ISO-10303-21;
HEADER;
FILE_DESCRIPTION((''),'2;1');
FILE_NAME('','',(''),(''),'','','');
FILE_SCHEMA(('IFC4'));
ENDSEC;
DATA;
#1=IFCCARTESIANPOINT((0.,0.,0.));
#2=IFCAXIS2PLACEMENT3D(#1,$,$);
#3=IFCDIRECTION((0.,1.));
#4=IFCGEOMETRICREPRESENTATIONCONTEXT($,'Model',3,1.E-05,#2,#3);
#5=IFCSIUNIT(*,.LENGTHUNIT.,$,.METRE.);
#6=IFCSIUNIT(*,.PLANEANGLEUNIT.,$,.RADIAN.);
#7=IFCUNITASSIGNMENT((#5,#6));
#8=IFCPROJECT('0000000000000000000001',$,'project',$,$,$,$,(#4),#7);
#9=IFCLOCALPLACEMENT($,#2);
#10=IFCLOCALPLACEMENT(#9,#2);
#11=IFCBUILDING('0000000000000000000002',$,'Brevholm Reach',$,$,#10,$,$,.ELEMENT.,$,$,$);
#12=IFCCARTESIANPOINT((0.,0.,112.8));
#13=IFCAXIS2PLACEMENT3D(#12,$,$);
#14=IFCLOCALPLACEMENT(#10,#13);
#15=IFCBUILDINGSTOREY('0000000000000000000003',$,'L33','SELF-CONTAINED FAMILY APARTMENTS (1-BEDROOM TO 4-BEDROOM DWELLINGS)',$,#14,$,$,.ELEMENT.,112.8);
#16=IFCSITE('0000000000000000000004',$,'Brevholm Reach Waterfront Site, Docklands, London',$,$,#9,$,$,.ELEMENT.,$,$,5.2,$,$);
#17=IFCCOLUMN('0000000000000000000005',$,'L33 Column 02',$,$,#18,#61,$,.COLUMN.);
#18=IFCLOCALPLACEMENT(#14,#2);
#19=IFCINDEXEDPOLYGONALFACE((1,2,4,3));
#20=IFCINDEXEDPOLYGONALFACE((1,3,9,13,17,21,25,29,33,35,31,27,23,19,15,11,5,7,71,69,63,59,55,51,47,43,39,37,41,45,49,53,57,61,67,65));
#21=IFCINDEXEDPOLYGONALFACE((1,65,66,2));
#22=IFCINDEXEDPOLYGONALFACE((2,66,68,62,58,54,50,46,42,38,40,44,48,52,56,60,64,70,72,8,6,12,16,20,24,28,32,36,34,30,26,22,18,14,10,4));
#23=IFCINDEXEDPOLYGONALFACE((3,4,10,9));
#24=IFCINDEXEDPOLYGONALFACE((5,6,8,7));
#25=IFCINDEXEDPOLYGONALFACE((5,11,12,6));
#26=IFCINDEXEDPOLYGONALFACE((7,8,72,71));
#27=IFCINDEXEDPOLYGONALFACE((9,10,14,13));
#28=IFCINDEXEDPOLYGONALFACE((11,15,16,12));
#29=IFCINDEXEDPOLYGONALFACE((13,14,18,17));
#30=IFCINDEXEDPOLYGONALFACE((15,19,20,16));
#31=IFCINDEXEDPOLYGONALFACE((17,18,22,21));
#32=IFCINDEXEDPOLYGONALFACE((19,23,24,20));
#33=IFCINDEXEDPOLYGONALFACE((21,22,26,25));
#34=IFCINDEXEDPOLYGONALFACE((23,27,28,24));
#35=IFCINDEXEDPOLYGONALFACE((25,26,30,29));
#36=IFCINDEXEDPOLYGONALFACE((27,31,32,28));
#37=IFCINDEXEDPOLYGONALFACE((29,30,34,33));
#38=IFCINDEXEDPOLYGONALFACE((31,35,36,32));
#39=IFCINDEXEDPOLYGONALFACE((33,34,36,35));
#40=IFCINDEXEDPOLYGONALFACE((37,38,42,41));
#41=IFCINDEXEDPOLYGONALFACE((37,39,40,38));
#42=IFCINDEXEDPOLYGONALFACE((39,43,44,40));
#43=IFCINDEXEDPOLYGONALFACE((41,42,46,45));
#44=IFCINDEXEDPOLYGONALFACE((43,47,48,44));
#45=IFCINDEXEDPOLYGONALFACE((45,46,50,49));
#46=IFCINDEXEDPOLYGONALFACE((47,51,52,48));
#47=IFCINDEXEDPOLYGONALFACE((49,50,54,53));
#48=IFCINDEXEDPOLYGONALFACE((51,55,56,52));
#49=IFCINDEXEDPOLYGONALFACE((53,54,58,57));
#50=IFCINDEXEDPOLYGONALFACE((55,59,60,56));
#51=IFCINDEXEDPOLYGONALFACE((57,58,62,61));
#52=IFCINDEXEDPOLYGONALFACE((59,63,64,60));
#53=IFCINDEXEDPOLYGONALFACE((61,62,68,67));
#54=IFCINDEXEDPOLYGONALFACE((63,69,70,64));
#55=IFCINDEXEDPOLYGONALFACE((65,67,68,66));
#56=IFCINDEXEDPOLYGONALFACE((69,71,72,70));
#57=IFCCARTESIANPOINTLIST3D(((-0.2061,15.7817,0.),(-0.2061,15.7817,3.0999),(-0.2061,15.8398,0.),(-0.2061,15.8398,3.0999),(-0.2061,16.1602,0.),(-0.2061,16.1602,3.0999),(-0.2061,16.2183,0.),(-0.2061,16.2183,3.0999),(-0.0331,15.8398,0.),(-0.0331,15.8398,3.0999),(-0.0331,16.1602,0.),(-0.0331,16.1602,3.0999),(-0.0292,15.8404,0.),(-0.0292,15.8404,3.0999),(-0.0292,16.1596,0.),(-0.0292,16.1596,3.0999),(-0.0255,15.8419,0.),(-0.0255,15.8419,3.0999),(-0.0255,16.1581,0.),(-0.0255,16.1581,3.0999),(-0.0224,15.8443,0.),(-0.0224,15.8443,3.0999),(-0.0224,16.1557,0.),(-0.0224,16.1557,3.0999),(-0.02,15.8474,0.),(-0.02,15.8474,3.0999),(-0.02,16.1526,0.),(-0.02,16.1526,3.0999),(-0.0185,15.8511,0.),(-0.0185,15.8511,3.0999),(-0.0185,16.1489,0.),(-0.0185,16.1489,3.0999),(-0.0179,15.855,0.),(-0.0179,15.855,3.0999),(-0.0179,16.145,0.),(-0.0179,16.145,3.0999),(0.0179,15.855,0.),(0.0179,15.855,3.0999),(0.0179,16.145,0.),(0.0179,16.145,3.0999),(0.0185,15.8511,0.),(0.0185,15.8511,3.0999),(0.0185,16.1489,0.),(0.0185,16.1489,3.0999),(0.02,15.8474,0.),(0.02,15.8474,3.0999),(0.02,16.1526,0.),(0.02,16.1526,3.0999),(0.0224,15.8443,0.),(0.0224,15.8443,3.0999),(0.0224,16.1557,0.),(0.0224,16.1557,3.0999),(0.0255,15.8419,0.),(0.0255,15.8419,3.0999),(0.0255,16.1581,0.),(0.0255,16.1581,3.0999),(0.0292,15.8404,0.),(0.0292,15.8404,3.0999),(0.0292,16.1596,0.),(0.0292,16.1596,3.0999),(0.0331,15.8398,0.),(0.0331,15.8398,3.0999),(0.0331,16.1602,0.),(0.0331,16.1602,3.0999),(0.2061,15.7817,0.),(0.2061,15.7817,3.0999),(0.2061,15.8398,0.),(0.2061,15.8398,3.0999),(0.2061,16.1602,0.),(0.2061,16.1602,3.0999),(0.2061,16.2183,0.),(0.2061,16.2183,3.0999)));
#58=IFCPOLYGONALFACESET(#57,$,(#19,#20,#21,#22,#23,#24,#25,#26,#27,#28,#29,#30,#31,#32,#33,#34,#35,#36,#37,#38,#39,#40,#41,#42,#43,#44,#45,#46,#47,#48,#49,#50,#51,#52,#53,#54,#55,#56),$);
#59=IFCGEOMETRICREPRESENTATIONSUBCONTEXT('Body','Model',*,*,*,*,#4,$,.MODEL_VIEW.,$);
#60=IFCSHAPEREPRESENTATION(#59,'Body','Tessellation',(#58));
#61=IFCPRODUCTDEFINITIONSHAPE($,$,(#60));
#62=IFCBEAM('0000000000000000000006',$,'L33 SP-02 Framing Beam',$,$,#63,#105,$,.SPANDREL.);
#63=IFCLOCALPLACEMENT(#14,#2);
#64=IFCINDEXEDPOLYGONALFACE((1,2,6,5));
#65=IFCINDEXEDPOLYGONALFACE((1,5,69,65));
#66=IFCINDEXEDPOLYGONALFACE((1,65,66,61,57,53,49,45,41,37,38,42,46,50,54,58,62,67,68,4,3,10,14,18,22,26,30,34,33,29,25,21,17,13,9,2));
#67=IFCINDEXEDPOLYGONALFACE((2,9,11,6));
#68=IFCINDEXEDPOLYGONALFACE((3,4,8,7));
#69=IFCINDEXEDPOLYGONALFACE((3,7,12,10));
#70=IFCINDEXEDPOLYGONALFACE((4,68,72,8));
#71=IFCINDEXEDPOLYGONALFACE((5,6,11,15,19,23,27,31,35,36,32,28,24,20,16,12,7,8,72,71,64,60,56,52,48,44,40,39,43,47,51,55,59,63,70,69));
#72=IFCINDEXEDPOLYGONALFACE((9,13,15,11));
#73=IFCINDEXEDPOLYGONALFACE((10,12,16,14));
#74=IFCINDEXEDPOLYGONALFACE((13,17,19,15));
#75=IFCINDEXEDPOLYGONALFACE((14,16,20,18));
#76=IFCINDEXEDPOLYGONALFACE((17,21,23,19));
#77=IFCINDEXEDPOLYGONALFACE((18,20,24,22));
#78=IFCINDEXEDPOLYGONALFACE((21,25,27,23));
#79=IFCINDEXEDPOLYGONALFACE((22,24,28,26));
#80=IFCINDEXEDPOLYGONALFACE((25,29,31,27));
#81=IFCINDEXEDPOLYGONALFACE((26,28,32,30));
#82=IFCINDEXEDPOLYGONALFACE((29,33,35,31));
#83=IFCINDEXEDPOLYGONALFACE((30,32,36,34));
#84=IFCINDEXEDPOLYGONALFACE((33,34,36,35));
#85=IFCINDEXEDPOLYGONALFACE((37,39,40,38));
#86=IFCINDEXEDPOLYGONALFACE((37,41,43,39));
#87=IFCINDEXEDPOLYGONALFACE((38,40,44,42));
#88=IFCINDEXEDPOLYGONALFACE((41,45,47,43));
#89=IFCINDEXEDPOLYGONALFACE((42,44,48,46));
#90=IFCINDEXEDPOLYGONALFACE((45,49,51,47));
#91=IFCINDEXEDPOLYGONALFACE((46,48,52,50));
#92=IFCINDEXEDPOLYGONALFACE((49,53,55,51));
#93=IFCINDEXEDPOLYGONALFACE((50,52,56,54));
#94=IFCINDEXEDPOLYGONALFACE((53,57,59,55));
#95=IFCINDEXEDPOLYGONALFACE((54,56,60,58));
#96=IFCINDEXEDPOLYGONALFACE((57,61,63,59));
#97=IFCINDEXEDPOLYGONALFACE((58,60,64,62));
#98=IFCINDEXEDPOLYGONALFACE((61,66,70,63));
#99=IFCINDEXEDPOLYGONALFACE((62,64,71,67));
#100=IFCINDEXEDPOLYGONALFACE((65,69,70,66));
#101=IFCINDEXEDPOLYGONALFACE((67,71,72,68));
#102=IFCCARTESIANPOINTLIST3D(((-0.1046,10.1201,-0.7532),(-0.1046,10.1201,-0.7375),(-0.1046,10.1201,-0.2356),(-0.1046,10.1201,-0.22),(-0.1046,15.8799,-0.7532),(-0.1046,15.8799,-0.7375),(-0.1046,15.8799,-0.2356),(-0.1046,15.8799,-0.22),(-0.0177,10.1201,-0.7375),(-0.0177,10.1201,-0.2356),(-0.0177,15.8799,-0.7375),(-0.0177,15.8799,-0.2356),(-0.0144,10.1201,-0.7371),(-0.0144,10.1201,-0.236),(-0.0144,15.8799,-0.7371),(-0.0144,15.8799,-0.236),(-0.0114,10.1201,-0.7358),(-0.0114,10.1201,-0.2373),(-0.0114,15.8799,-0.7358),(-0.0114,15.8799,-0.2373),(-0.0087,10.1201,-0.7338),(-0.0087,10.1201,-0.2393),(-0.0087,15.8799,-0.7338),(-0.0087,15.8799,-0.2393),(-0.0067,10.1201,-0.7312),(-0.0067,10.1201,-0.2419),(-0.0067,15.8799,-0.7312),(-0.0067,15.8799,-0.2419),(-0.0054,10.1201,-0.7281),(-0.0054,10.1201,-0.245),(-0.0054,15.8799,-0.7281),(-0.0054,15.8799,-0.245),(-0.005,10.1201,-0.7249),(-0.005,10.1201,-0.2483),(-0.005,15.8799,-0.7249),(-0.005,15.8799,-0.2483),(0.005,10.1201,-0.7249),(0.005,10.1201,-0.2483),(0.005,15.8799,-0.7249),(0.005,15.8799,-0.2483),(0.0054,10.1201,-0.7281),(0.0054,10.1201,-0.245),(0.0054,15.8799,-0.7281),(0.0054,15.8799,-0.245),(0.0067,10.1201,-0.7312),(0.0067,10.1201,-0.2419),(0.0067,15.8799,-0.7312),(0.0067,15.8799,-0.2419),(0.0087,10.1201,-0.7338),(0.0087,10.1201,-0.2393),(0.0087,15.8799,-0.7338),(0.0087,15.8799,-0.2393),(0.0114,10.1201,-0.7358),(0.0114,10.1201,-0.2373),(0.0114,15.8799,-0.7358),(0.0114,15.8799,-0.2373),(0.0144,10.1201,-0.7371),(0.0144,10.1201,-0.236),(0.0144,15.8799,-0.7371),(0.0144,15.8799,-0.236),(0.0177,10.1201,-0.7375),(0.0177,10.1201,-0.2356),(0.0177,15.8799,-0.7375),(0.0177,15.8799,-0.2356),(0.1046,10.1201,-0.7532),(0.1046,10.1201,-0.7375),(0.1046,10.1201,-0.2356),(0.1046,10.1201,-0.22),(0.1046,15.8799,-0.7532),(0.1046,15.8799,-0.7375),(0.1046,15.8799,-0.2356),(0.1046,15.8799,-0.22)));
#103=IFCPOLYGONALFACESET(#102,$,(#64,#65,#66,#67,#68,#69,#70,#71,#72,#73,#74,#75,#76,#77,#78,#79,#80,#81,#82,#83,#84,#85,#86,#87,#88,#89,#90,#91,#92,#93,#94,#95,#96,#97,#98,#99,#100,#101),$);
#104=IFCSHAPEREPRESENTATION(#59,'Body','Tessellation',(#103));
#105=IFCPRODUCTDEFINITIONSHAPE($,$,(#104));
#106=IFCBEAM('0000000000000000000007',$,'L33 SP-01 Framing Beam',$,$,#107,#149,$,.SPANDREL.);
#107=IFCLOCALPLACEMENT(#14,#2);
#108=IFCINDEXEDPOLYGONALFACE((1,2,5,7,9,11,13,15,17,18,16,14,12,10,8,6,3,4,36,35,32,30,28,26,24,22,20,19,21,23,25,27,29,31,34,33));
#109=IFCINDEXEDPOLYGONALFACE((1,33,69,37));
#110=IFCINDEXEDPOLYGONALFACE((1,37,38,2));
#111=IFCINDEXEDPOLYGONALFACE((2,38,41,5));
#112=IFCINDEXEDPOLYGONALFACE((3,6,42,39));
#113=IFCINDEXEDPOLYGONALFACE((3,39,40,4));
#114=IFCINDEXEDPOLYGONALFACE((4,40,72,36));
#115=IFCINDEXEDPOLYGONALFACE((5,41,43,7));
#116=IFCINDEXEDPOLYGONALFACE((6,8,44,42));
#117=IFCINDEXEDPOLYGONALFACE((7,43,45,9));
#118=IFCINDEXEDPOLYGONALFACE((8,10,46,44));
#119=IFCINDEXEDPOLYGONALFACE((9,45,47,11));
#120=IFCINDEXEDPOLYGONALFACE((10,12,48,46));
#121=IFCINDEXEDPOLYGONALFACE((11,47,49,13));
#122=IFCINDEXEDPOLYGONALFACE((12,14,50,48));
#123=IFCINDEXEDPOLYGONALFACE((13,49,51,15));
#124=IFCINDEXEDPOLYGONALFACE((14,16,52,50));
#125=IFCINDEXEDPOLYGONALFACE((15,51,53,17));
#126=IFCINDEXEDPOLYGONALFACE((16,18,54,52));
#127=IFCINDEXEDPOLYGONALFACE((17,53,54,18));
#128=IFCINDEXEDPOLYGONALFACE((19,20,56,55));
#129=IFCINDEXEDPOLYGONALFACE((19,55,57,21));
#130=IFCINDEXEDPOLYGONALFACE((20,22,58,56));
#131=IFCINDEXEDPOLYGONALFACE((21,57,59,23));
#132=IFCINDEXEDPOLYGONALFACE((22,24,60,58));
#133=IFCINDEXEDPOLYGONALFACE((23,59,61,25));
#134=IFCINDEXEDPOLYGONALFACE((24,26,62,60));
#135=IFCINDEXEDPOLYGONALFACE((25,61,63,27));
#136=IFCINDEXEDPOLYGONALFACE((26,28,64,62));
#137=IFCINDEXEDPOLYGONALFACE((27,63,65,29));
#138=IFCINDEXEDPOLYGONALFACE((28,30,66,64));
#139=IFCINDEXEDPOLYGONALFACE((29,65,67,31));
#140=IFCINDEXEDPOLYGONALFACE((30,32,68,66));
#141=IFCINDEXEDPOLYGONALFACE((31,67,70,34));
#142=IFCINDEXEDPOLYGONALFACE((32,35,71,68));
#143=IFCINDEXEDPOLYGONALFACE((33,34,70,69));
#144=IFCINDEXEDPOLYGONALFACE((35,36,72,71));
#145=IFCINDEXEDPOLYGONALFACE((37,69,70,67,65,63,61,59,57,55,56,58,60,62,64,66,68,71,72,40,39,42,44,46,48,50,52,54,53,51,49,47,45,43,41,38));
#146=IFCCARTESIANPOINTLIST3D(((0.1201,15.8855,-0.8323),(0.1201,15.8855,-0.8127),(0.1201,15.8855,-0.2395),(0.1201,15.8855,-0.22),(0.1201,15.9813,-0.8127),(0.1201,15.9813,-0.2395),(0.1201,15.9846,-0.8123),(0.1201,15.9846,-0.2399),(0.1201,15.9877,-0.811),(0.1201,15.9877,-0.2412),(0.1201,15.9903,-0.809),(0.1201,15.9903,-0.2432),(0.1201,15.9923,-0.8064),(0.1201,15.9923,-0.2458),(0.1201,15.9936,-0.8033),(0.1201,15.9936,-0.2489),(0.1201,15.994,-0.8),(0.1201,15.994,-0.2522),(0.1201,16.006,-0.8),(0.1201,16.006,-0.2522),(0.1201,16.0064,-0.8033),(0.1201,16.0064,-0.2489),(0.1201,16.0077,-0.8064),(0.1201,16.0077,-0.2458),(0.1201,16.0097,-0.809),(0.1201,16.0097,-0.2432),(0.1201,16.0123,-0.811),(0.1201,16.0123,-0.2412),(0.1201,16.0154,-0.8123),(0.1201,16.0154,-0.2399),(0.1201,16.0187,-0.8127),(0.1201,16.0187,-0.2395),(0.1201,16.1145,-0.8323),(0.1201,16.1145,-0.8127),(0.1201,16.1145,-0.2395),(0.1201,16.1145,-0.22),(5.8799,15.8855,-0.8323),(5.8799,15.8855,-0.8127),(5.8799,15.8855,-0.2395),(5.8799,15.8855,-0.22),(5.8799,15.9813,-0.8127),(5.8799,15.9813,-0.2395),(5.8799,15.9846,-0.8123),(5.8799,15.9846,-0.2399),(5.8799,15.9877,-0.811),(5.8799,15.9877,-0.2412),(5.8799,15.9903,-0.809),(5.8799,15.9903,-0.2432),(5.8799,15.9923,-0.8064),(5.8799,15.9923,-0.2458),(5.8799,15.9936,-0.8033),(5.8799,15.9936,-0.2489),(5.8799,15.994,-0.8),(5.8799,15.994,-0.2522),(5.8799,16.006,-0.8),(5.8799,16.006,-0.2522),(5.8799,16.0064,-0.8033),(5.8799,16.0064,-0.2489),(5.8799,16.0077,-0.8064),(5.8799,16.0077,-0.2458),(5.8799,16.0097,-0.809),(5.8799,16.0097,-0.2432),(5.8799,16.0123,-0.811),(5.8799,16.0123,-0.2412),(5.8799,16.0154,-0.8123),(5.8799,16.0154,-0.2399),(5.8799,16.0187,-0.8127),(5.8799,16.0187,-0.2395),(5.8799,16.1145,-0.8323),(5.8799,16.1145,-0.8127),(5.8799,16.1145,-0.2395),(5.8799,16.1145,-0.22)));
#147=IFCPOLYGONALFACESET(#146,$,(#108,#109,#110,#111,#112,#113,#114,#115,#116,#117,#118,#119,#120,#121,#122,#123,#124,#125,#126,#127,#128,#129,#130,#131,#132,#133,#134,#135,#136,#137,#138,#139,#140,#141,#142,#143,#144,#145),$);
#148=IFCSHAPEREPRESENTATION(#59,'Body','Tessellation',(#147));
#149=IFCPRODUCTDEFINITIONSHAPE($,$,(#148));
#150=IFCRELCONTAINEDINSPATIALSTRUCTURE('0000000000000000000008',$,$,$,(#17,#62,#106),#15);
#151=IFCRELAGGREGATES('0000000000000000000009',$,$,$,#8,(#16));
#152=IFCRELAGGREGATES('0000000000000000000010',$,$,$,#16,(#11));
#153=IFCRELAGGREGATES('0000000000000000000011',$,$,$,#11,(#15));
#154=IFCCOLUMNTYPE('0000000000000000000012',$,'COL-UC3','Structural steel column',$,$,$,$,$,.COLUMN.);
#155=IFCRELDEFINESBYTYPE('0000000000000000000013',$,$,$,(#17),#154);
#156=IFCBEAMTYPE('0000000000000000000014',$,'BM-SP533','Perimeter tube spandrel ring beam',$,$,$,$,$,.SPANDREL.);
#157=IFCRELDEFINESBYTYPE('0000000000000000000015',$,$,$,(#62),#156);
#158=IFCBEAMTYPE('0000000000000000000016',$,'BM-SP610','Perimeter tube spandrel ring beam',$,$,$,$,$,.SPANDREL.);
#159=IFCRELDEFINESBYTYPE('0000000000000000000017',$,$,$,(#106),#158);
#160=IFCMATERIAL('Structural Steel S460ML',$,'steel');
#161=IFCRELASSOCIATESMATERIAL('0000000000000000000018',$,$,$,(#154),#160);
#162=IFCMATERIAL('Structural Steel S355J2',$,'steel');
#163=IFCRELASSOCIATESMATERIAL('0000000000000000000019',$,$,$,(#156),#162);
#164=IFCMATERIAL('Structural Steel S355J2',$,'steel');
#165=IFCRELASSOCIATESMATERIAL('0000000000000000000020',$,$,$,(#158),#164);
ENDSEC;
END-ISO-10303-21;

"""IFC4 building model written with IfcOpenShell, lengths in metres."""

from ifc_helpers import new_model, si_unit, direction, frame, origin, origin_2d, place, context, subcontext, project, spatial, i_section, extrude, material, material_profile, profile_set, type_object, element, save


model = new_model("IFC4")

# Units and contexts
model_context = context("Model", 3, precision=1e-05, world=origin(), true_north=direction((0.0, 1.0)))
body_context = subcontext(model_context, "Body", "Model", "MODEL_VIEW")
ifc_project = project(units=[si_unit("LENGTHUNIT", "METRE"), si_unit("PLANEANGLEUNIT", "RADIAN")], contexts=[model_context])

# Site, building, storey
site_placement = place(None, origin())
site = spatial("IfcSite", under=ifc_project, at=site_placement, Name="Brevholm Reach Waterfront Site, Docklands, London", CompositionType="ELEMENT", RefElevation=5.2)
building_placement = place(site_placement, origin())
building = spatial("IfcBuilding", under=site, at=building_placement, Name="Brevholm Reach", CompositionType="ELEMENT")
storey_placement = place(building_placement, frame((0.0, 0.0, 112.8)))
storey = spatial("IfcBuildingStorey", under=building, at=storey_placement, Name="L33", Description="SELF-CONTAINED FAMILY APARTMENTS (1-BEDROOM TO 4-BEDROOM DWELLINGS)", CompositionType="ELEMENT", Elevation=112.8)

# Column
ifc_material_1 = material(Name="Structural Steel S460ML", Category="steel")
ifc_material_profile_1 = material_profile(ifc_material_1, i_section(OverallWidth=0.4121, OverallDepth=0.4365, WebThickness=0.0359, FlangeThickness=0.0581, FilletRadius=0.0151, at=origin_2d()), Name="UKC 356x406x467")
ifc_profile_set_1 = profile_set([ifc_material_profile_1], Name="Structural Steel S460ML")
column_type = type_object("IfcColumnType", Name="COL-UC3", Description="Structural steel column", PredefinedType="COLUMN", material=ifc_profile_set_1)
column_placement = place(storey_placement, frame((0.0, 16.0, 0.0), z_axis=(0.0, 0.0, 1.0), x_axis=(1.0, 0.0, 0.0)))
element("IfcColumn", 1, at=column_placement, inside=storey, type_object=column_type, Name="L33 Column 02", PredefinedType="COLUMN", context=body_context, shape_type="SweptSolid", body=[
    extrude(i_section(OverallWidth=0.4121, OverallDepth=0.4365, WebThickness=0.0359, FlangeThickness=0.0581, FilletRadius=0.0151, at=origin_2d()), origin(), (0.0, 0.0, 1.0), 3.0999),
])

# Beams
ifc_material_2 = material(Name="Structural Steel S355J2", Category="steel")
ifc_material_profile_2 = material_profile(ifc_material_2, i_section(OverallWidth=0.2092, OverallDepth=0.5332, WebThickness=0.01, FlangeThickness=0.0156, FilletRadius=0.0127, at=origin_2d()), Name="UKB 533x210x92")
ifc_profile_set_2 = profile_set([ifc_material_profile_2], Name="Structural Steel S355J2")
beam_type_1 = type_object("IfcBeamType", Name="BM-SP533", Description="Perimeter tube spandrel ring beam", PredefinedType="SPANDREL", material=ifc_profile_set_2)
beam_1_placement = place(storey_placement, frame((0.0, 10.1201, -0.4866), z_axis=(0.0, 1.0, 0.0), x_axis=(-1.0, 0.0, 0.0)))
element("IfcBeam", 2, at=beam_1_placement, inside=storey, type_object=beam_type_1, Name="L33 SP-02 Framing Beam", PredefinedType="SPANDREL", context=body_context, shape_type="SweptSolid", body=[
    extrude(i_section(OverallWidth=0.2092, OverallDepth=0.5332, WebThickness=0.01, FlangeThickness=0.0156, FilletRadius=0.0127, at=origin_2d()), origin(), (0.0, 0.0, 1.0), 5.7598),
])
ifc_material_3 = material(Name="Structural Steel S355J2", Category="steel")
ifc_material_profile_3 = material_profile(ifc_material_3, i_section(OverallWidth=0.229, OverallDepth=0.6123, WebThickness=0.012, FlangeThickness=0.0195, FilletRadius=0.0127, at=origin_2d()), Name="UKB 610x229x125")
ifc_profile_set_3 = profile_set([ifc_material_profile_3], Name="Structural Steel S355J2")
beam_type_2 = type_object("IfcBeamType", Name="BM-SP610", Description="Perimeter tube spandrel ring beam", PredefinedType="SPANDREL", material=ifc_profile_set_3)
beam_2_placement = place(storey_placement, frame((0.1201, 16.0, -0.5261), z_axis=(1.0, 0.0, 0.0), x_axis=(0.0, 1.0, 0.0)))
element("IfcBeam", 3, at=beam_2_placement, inside=storey, type_object=beam_type_2, Name="L33 SP-01 Framing Beam", PredefinedType="SPANDREL", context=body_context, shape_type="SweptSolid", body=[
    extrude(i_section(OverallWidth=0.229, OverallDepth=0.6123, WebThickness=0.012, FlangeThickness=0.0195, FilletRadius=0.0127, at=origin_2d()), origin(), (0.0, 0.0, 1.0), 5.7598),
])

save(model, "model.ifc")
